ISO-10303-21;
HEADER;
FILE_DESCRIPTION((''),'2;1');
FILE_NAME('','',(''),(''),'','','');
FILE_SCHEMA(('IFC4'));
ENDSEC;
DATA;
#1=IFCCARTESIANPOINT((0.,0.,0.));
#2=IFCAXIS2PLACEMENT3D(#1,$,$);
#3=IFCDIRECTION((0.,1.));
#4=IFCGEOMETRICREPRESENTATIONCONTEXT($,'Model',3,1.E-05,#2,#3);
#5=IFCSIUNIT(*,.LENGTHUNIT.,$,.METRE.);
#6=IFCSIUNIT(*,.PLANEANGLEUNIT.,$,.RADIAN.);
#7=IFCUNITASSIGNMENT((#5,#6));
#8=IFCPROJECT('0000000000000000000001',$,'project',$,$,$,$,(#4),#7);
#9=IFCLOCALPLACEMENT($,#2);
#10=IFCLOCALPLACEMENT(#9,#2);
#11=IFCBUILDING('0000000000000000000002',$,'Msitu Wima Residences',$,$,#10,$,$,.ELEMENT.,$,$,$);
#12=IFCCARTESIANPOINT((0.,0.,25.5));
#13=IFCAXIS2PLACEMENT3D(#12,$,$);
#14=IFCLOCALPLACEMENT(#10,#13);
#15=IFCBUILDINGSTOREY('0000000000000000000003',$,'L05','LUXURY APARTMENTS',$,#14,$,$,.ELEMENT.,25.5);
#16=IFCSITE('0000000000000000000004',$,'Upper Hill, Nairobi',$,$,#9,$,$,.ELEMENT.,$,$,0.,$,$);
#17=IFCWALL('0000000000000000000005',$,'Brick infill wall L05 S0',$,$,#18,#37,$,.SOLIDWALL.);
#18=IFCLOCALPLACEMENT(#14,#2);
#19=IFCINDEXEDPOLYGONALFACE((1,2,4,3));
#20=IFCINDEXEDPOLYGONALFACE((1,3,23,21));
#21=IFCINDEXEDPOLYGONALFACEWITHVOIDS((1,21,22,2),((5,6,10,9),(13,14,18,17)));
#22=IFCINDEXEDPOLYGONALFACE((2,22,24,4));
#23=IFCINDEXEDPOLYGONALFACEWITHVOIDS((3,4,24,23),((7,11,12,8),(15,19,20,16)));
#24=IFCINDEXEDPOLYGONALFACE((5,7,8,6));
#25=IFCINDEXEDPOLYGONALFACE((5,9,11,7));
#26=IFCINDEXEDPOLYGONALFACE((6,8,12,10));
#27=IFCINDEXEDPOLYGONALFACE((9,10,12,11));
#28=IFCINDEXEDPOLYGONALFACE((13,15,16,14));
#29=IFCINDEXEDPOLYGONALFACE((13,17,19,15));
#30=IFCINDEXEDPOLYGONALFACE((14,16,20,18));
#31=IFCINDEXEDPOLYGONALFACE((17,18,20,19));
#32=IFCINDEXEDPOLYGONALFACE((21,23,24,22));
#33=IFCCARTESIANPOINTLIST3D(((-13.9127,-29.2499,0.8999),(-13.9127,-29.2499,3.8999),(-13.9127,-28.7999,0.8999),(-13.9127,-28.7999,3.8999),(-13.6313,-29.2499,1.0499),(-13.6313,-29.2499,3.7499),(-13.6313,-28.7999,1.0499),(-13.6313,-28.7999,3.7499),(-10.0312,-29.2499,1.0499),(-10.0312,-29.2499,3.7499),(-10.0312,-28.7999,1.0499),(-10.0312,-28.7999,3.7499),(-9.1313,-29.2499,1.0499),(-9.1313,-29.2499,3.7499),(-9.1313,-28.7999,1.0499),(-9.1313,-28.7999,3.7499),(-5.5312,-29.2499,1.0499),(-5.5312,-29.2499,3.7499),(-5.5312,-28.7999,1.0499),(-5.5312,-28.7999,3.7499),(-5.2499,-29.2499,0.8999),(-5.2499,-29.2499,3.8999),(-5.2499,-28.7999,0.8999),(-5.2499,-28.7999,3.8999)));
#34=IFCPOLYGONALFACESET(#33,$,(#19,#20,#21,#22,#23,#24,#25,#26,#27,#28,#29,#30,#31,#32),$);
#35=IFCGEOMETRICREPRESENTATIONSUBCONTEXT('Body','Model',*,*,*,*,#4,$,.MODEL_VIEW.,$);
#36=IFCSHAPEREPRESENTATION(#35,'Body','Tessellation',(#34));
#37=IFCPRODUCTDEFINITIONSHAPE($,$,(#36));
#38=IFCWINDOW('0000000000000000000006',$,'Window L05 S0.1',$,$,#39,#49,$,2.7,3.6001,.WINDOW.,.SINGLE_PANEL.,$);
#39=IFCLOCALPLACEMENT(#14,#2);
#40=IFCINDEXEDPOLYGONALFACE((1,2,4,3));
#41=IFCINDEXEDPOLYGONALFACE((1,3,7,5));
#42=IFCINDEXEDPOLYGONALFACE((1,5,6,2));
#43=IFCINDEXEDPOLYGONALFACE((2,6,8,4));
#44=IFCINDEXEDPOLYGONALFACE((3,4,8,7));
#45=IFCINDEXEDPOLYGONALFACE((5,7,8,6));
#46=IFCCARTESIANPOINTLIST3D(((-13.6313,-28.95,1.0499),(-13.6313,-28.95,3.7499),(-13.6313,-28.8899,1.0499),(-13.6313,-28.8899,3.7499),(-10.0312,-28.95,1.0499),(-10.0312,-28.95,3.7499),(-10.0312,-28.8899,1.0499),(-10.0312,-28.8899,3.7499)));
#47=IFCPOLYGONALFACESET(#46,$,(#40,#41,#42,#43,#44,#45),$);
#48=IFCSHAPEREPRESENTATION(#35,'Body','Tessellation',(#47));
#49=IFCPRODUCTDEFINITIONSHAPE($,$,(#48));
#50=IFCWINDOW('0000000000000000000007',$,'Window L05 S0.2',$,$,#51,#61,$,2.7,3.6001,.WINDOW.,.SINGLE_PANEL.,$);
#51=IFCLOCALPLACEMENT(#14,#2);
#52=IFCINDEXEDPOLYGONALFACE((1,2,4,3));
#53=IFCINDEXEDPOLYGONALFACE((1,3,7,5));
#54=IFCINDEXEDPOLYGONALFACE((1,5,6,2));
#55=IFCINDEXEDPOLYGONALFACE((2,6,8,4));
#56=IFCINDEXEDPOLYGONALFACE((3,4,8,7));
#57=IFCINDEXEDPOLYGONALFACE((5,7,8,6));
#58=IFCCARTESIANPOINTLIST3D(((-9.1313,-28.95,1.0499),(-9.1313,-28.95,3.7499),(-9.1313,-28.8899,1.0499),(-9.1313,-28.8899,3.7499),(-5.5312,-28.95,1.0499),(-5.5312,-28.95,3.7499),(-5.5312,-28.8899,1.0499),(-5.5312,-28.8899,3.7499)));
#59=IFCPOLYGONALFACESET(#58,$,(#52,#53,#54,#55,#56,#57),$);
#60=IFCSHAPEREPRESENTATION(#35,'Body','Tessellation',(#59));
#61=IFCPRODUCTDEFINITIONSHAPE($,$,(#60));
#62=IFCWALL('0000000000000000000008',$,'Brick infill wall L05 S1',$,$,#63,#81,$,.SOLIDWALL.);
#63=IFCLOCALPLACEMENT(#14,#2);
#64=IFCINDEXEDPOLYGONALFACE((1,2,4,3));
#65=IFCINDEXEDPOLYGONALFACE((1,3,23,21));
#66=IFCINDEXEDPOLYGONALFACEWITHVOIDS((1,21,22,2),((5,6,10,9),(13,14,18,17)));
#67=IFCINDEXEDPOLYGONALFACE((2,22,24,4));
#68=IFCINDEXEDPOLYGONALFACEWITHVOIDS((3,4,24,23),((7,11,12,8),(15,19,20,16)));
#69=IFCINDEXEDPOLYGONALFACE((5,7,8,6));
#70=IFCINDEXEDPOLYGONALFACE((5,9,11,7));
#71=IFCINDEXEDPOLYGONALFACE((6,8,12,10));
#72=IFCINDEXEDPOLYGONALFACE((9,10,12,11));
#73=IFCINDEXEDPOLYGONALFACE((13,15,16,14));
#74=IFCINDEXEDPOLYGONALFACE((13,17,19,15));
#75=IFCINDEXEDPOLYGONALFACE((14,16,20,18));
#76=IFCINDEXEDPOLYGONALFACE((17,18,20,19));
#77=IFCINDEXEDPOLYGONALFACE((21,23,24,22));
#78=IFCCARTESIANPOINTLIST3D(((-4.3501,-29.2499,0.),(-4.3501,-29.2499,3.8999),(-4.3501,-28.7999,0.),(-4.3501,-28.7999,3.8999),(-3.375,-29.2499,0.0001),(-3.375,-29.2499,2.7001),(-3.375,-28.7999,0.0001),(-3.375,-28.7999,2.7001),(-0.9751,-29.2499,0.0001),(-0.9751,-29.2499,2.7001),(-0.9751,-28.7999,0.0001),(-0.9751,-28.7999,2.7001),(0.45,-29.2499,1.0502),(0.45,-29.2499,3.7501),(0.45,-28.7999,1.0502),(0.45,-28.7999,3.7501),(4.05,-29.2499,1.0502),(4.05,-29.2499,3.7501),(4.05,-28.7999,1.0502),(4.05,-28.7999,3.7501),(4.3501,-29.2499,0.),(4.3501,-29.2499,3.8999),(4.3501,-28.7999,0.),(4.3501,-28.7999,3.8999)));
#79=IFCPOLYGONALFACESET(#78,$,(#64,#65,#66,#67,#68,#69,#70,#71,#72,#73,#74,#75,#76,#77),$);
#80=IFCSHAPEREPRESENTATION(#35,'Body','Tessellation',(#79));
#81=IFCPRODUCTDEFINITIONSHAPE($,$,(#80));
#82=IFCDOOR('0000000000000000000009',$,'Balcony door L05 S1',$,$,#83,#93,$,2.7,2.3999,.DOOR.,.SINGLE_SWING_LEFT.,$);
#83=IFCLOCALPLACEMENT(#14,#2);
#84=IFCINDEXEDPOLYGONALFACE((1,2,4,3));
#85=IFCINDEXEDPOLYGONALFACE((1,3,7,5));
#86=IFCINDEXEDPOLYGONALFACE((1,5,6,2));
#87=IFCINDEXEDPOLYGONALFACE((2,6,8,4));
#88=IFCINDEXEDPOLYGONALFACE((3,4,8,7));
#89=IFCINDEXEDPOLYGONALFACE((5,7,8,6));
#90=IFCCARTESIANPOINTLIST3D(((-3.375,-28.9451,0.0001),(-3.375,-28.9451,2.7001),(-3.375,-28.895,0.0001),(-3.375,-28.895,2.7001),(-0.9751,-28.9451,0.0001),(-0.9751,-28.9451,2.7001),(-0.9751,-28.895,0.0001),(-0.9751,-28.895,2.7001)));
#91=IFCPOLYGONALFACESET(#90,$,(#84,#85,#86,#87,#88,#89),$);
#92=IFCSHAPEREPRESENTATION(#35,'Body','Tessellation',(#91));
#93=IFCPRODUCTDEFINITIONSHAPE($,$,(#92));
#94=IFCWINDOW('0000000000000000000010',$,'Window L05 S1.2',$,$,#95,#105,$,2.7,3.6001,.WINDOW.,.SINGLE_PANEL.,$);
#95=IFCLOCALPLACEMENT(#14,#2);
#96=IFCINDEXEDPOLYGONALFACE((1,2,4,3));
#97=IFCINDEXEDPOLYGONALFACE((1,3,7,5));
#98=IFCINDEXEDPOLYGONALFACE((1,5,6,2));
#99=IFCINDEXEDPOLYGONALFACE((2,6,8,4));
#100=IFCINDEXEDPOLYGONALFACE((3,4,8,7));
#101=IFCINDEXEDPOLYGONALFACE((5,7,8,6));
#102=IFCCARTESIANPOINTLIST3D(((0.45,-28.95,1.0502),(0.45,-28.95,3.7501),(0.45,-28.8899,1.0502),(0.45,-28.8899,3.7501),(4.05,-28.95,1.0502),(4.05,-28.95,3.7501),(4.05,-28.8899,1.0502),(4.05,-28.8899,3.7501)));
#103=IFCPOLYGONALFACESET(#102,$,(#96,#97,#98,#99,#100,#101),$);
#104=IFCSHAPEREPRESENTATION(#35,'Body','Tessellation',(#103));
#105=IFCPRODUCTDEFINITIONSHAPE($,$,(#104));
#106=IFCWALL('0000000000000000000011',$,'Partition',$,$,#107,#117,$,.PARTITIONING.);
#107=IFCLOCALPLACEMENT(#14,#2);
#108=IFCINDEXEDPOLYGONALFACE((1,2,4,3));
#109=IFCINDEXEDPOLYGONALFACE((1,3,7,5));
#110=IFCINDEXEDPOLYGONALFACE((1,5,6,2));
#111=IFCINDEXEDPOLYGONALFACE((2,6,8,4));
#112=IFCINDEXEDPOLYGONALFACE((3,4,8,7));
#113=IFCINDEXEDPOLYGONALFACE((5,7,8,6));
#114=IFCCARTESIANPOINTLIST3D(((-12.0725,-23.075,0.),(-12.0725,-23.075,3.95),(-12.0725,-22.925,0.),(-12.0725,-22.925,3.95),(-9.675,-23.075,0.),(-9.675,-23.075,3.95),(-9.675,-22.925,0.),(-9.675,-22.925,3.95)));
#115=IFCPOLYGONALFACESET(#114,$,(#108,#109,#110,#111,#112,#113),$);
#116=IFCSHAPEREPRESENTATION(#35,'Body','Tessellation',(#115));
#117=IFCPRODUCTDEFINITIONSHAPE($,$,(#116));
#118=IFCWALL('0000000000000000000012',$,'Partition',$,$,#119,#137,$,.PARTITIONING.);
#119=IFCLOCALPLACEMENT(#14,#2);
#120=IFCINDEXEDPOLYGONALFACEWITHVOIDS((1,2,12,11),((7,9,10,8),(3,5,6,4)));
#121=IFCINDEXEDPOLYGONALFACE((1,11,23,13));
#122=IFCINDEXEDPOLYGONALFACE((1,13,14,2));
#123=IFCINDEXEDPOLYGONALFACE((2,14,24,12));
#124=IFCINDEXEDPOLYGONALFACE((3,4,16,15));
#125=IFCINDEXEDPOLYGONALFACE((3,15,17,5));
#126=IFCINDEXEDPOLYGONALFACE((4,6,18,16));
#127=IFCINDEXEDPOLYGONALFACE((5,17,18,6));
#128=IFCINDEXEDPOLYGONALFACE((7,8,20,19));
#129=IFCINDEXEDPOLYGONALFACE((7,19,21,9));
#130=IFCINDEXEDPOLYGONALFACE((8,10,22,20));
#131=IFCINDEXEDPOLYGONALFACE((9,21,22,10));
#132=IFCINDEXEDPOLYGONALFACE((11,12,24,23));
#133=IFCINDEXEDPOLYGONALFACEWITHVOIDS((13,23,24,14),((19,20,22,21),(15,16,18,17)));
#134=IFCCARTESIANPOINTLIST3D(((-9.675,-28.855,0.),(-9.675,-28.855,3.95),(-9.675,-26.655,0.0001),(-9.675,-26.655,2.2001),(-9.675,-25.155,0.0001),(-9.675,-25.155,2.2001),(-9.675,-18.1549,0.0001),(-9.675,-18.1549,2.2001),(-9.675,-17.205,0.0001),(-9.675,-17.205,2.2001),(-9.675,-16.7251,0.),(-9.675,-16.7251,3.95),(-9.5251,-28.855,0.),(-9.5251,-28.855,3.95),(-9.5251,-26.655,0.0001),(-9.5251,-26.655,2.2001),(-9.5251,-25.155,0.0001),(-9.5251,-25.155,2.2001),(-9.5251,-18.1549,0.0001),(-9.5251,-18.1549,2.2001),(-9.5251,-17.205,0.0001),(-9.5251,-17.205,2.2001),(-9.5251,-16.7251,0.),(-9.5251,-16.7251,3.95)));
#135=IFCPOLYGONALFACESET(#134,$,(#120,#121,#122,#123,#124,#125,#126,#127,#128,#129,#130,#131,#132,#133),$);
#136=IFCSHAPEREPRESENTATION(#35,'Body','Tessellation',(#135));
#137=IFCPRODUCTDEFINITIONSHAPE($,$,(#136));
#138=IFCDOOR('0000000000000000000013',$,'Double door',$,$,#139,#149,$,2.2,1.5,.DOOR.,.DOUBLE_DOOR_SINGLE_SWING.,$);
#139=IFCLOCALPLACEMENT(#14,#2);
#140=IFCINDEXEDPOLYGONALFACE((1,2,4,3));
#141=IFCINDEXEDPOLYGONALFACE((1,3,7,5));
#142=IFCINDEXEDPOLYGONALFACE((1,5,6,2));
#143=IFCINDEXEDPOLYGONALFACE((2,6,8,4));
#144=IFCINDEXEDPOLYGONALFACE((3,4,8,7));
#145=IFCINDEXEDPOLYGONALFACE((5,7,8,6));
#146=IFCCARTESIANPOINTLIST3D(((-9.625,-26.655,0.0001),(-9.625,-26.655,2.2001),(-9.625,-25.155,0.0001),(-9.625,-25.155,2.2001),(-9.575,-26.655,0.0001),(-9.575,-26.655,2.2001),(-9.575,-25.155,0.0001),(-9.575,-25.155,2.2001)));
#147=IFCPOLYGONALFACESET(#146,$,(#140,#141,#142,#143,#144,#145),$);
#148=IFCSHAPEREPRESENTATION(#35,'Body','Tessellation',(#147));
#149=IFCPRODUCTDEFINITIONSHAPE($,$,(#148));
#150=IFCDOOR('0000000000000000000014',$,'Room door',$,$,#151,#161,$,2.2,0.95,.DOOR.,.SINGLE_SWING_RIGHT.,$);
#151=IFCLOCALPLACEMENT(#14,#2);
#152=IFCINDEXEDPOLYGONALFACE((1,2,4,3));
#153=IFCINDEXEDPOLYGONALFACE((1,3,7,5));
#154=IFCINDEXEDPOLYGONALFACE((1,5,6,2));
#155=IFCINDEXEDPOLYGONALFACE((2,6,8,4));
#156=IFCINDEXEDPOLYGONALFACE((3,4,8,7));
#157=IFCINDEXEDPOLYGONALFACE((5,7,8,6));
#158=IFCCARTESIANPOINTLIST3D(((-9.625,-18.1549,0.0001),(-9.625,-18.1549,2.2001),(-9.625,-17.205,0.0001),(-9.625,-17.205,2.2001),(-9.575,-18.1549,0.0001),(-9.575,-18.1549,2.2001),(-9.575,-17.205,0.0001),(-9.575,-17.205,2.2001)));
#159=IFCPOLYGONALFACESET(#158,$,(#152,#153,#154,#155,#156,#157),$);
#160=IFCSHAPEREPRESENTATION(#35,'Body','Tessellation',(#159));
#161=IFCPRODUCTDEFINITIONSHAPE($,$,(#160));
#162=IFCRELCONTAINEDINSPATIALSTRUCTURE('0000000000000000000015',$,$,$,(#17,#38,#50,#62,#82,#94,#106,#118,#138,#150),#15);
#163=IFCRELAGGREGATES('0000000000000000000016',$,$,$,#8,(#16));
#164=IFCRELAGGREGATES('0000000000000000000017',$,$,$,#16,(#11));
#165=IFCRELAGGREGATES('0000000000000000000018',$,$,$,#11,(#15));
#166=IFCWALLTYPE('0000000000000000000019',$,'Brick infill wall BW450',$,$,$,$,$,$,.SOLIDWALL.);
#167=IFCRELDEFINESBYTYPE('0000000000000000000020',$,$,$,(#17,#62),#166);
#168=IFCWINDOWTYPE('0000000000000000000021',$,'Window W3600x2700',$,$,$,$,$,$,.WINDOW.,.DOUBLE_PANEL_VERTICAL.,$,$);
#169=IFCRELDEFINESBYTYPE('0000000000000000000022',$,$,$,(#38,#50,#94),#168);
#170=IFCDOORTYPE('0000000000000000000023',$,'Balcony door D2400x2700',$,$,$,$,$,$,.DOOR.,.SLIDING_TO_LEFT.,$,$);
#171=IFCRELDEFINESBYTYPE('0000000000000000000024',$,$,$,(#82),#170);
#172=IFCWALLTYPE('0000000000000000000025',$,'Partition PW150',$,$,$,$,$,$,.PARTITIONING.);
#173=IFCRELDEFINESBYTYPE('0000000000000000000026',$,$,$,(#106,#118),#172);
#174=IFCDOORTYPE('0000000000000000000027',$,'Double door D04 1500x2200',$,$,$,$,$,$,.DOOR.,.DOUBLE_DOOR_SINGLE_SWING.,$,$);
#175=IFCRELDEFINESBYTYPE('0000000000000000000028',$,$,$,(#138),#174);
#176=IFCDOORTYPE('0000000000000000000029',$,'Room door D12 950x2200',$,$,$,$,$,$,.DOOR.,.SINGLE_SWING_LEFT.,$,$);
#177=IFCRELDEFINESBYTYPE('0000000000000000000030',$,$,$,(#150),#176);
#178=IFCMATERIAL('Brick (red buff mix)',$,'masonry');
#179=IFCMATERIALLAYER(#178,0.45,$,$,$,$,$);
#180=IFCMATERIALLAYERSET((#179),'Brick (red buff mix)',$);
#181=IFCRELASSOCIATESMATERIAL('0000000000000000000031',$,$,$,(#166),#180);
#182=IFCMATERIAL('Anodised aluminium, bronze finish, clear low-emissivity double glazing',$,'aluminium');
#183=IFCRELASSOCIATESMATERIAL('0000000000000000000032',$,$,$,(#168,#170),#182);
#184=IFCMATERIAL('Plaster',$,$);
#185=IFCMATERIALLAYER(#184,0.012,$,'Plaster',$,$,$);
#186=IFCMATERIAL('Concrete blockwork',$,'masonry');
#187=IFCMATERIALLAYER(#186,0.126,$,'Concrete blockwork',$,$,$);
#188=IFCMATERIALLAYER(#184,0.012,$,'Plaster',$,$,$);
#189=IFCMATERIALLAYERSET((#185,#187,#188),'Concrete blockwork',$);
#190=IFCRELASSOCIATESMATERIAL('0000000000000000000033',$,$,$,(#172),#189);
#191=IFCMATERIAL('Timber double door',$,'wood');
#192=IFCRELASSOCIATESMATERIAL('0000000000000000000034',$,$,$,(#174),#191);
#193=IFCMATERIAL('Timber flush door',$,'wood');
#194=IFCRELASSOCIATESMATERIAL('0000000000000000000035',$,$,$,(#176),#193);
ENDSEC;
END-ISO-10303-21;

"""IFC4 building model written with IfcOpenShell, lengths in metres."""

from ifc_helpers import new_model, si_unit, direction, frame, frame_2d, origin, place, context, subcontext, project, spatial, rectangle, extrude, material, layer, layer_set, type_object, element, fill, save


model = new_model("IFC4")

# Units and contexts
model_context = context("Model", 3, precision=1e-05, world=origin(), true_north=direction((0.0, 1.0)))
body_context = subcontext(model_context, "Body", "Model", "MODEL_VIEW")
ifc_project = project(units=[si_unit("LENGTHUNIT", "METRE"), si_unit("PLANEANGLEUNIT", "RADIAN")], contexts=[model_context])

# Site, building, storey
site_placement = place(None, origin())
site = spatial("IfcSite", under=ifc_project, at=site_placement, Name="Upper Hill, Nairobi", CompositionType="ELEMENT", RefElevation=0.0)
building_placement = place(site_placement, origin())
building = spatial("IfcBuilding", under=site, at=building_placement, Name="Msitu Wima Residences", CompositionType="ELEMENT")
storey_placement = place(building_placement, frame((0.0, 0.0, 25.5)))
storey = spatial("IfcBuildingStorey", under=building, at=storey_placement, Name="L05", Description="LUXURY APARTMENTS", CompositionType="ELEMENT", Elevation=25.5)

# Wall, openings, windows
ifc_material_1 = material(Name="Brick (red buff mix)", Category="masonry")
ifc_layer_1 = layer(ifc_material_1, 0.45)
ifc_layer_set_1 = layer_set([ifc_layer_1], Name="Brick (red buff mix)")
wall_type_1 = type_object("IfcWallType", Name="Brick infill wall BW450", PredefinedType="SOLIDWALL", material=ifc_layer_set_1)
wall_1_placement = place(storey_placement, frame((-13.9128, -29.0249, 0.8999), z_axis=(0.0, 0.0, 1.0), x_axis=(1.0, 0.0, 0.0)))
wall_1 = element("IfcWall", 1, at=wall_1_placement, inside=storey, type_object=wall_type_1, Name="Brick infill wall L05 S0", PredefinedType="SOLIDWALL", context=body_context, shape_type="SweptSolid", body=[
    extrude(rectangle(XDim=8.6628, YDim=0.45, at=frame_2d((4.3315, 0.0))), origin(), (0.0, 0.0, 1.0), 3.0),
])
opening_1_placement = place(wall_1_placement, frame((0.2815, 0.0, 0.1499)))
opening_1 = element("IfcOpeningElement", 2, at=opening_1_placement, cuts=wall_1, PredefinedType="OPENING", context=body_context, shape_type="SweptSolid", body=[
    extrude(rectangle(XDim=3.6001, YDim=2.7, at=frame_2d((1.8, 1.3501))), frame((0.0, 0.2349, 0.0), z_axis=(0.0, -1.0, 0.0), x_axis=(1.0, 0.0, 0.0)), (0.0, 0.0, 1.0), 0.47),
])
opening_2_placement = place(wall_1_placement, frame((4.7815, 0.0, 0.1499)))
opening_2 = element("IfcOpeningElement", 3, at=opening_2_placement, cuts=wall_1, PredefinedType="OPENING", context=body_context, shape_type="SweptSolid", body=[
    extrude(rectangle(XDim=3.6001, YDim=2.7, at=frame_2d((1.8, 1.3501))), frame((0.0, 0.2349, 0.0), z_axis=(0.0, -1.0, 0.0), x_axis=(1.0, 0.0, 0.0)), (0.0, 0.0, 1.0), 0.47),
])
ifc_material_2 = material(Name="Anodised aluminium, bronze finish, clear low-emissivity double glazing", Category="aluminium")
window_type = type_object("IfcWindowType", Name="Window W3600x2700", PartitioningType="DOUBLE_PANEL_VERTICAL", PredefinedType="WINDOW", material=ifc_material_2)
window_1_placement = place(opening_1_placement, origin())
window_1 = element("IfcWindow", 4, at=window_1_placement, inside=storey, type_object=window_type, Name="Window L05 S0.1", OverallHeight=2.7, OverallWidth=3.6001, PartitioningType="SINGLE_PANEL", PredefinedType="WINDOW", context=body_context, shape_type="SweptSolid", body=[
    extrude(rectangle(XDim=3.6001, YDim=2.7, at=frame_2d((1.8, 1.3501))), frame((0.0, 0.135, 0.0), z_axis=(0.0, -1.0, 0.0), x_axis=(1.0, 0.0, 0.0)), (0.0, 0.0, 1.0), 0.0601),
])
fill(opening_1, window_1)
window_2_placement = place(opening_2_placement, origin())
window_2 = element("IfcWindow", 5, at=window_2_placement, inside=storey, type_object=window_type, Name="Window L05 S0.2", OverallHeight=2.7, OverallWidth=3.6001, PartitioningType="SINGLE_PANEL", PredefinedType="WINDOW", context=body_context, shape_type="SweptSolid", body=[
    extrude(rectangle(XDim=3.6001, YDim=2.7, at=frame_2d((1.8, 1.3501))), frame((0.0, 0.135, 0.0), z_axis=(0.0, -1.0, 0.0), x_axis=(1.0, 0.0, 0.0)), (0.0, 0.0, 1.0), 0.0601),
])
fill(opening_2, window_2)

# Wall, openings, door, window
wall_2_placement = place(storey_placement, frame((-4.3501, -29.0249, 0.0), z_axis=(0.0, 0.0, 1.0), x_axis=(1.0, 0.0, 0.0)))
wall_2 = element("IfcWall", 6, at=wall_2_placement, inside=storey, type_object=wall_type_1, Name="Brick infill wall L05 S1", PredefinedType="SOLIDWALL", context=body_context, shape_type="SweptSolid", body=[
    extrude(rectangle(XDim=8.7002, YDim=0.45, at=frame_2d((4.3501, 0.0))), origin(), (0.0, 0.0, 1.0), 3.8999),
])
opening_3_placement = place(wall_2_placement, frame((0.9751, 0.0, 0.0)))
opening_3 = element("IfcOpeningElement", 7, at=opening_3_placement, cuts=wall_2, PredefinedType="OPENING", context=body_context, shape_type="SweptSolid", body=[
    extrude(rectangle(XDim=2.3999, YDim=2.7, at=frame_2d((1.2, 1.3501))), frame((0.0, 0.2349, 0.0), z_axis=(0.0, -1.0, 0.0), x_axis=(1.0, 0.0, 0.0)), (0.0, 0.0, 1.0), 0.47),
])
opening_4_placement = place(wall_2_placement, frame((4.8, 0.0, 1.05)))
opening_4 = element("IfcOpeningElement", 8, at=opening_4_placement, cuts=wall_2, PredefinedType="OPENING", context=body_context, shape_type="SweptSolid", body=[
    extrude(rectangle(XDim=3.6001, YDim=2.7, at=frame_2d((1.8, 1.3501))), frame((0.0, 0.2349, 0.0), z_axis=(0.0, -1.0, 0.0), x_axis=(1.0, 0.0, 0.0)), (0.0, 0.0, 1.0), 0.47),
])
door_type_1 = type_object("IfcDoorType", Name="Balcony door D2400x2700", OperationType="SLIDING_TO_LEFT", PredefinedType="DOOR", material=ifc_material_2)
door_1_placement = place(opening_3_placement, origin())
door_1 = element("IfcDoor", 9, at=door_1_placement, inside=storey, type_object=door_type_1, Name="Balcony door L05 S1", OperationType="SINGLE_SWING_LEFT", OverallHeight=2.7, OverallWidth=2.3999, PredefinedType="DOOR", context=body_context, shape_type="SweptSolid", body=[
    extrude(rectangle(XDim=2.3999, YDim=2.7, at=frame_2d((1.2, 1.3501))), frame((0.0, 0.1299, 0.0), z_axis=(0.0, -1.0, 0.0), x_axis=(1.0, 0.0, 0.0)), (0.0, 0.0, 1.0), 0.05),
])
fill(opening_3, door_1)
window_3_placement = place(opening_4_placement, origin())
window_3 = element("IfcWindow", 10, at=window_3_placement, inside=storey, type_object=window_type, Name="Window L05 S1.2", OverallHeight=2.7, OverallWidth=3.6001, PartitioningType="SINGLE_PANEL", PredefinedType="WINDOW", context=body_context, shape_type="SweptSolid", body=[
    extrude(rectangle(XDim=3.6001, YDim=2.7, at=frame_2d((1.8, 1.3501))), frame((0.0, 0.135, 0.0), z_axis=(0.0, -1.0, 0.0), x_axis=(1.0, 0.0, 0.0)), (0.0, 0.0, 1.0), 0.0601),
])
fill(opening_4, window_3)

# Wall
ifc_material_3 = material(Name="Plaster")
ifc_layer_2 = layer(ifc_material_3, 0.012, Name="Plaster")
ifc_material_4 = material(Name="Concrete blockwork", Category="masonry")
ifc_layer_3 = layer(ifc_material_4, 0.126, Name="Concrete blockwork")
ifc_layer_4 = layer(ifc_material_3, 0.012, Name="Plaster")
ifc_layer_set_2 = layer_set([ifc_layer_2, ifc_layer_3, ifc_layer_4], Name="Concrete blockwork")
wall_type_2 = type_object("IfcWallType", Name="Partition PW150", PredefinedType="PARTITIONING", material=ifc_layer_set_2)
wall_3_placement = place(storey_placement, frame((-12.0725, -23.0, 0.0), z_axis=(0.0, 0.0, 1.0), x_axis=(1.0, 0.0, 0.0)))
element("IfcWall", 11, at=wall_3_placement, inside=storey, type_object=wall_type_2, Name="Partition", PredefinedType="PARTITIONING", context=body_context, shape_type="SweptSolid", body=[
    extrude(rectangle(XDim=2.3975, YDim=0.1499, at=frame_2d((1.1987, 0.0))), origin(), (0.0, 0.0, 1.0), 3.95),
])

# Wall, openings, doors
wall_4_placement = place(storey_placement, frame((-9.6001, -28.855, 0.0), z_axis=(0.0, 0.0, 1.0), x_axis=(0.0, 1.0, 0.0)))
wall_4 = element("IfcWall", 12, at=wall_4_placement, inside=storey, type_object=wall_type_2, Name="Partition", PredefinedType="PARTITIONING", context=body_context, shape_type="SweptSolid", body=[
    extrude(rectangle(XDim=12.1299, YDim=0.1499, at=frame_2d((6.0649, 0.0))), origin(), (0.0, 0.0, 1.0), 3.95),
])
opening_5_placement = place(wall_4_placement, frame((10.7, 0.0, 0.0)))
opening_5 = element("IfcOpeningElement", 13, at=opening_5_placement, cuts=wall_4, PredefinedType="OPENING", context=body_context, shape_type="SweptSolid", body=[
    extrude(rectangle(XDim=0.95, YDim=2.2, at=frame_2d((0.4751, 1.1001))), frame((0.0, 0.085, 0.0), z_axis=(0.0, -1.0, 0.0), x_axis=(1.0, 0.0, 0.0)), (0.0, 0.0, 1.0), 0.1699),
])
opening_6_placement = place(wall_4_placement, frame((2.2, 0.0, 0.0)))
opening_6 = element("IfcOpeningElement", 14, at=opening_6_placement, cuts=wall_4, PredefinedType="OPENING", context=body_context, shape_type="SweptSolid", body=[
    extrude(rectangle(XDim=1.5, YDim=2.2, at=frame_2d((0.75, 1.1001))), frame((0.0, 0.085, 0.0), z_axis=(0.0, -1.0, 0.0), x_axis=(1.0, 0.0, 0.0)), (0.0, 0.0, 1.0), 0.1699),
])
ifc_material_5 = material(Name="Timber double door", Category="wood")
door_type_2 = type_object("IfcDoorType", Name="Double door D04 1500x2200", OperationType="DOUBLE_DOOR_SINGLE_SWING", PredefinedType="DOOR", material=ifc_material_5)
door_2_placement = place(opening_6_placement, origin())
door_2 = element("IfcDoor", 15, at=door_2_placement, inside=storey, type_object=door_type_2, Name="Double door", OperationType="DOUBLE_DOOR_SINGLE_SWING", OverallHeight=2.2, OverallWidth=1.5, PredefinedType="DOOR", context=body_context, shape_type="SweptSolid", body=[
    extrude(rectangle(XDim=1.5, YDim=2.2, at=frame_2d((0.75, 1.1001))), frame((0.0, 0.0249, 0.0), z_axis=(0.0, -1.0, 0.0), x_axis=(1.0, 0.0, 0.0)), (0.0, 0.0, 1.0), 0.05),
])
fill(opening_6, door_2)
ifc_material_6 = material(Name="Timber flush door", Category="wood")
door_type_3 = type_object("IfcDoorType", Name="Room door D12 950x2200", OperationType="SINGLE_SWING_LEFT", PredefinedType="DOOR", material=ifc_material_6)
door_3_placement = place(opening_5_placement, origin())
door_3 = element("IfcDoor", 16, at=door_3_placement, inside=storey, type_object=door_type_3, Name="Room door", OperationType="SINGLE_SWING_RIGHT", OverallHeight=2.2, OverallWidth=0.95, PredefinedType="DOOR", context=body_context, shape_type="SweptSolid", body=[
    extrude(rectangle(XDim=0.95, YDim=2.2, at=frame_2d((0.4751, 1.1001))), frame((0.0, 0.0249, 0.0), z_axis=(0.0, -1.0, 0.0), x_axis=(1.0, 0.0, 0.0)), (0.0, 0.0, 1.0), 0.05),
])
fill(opening_5, door_3)

save(model, "model.ifc")
